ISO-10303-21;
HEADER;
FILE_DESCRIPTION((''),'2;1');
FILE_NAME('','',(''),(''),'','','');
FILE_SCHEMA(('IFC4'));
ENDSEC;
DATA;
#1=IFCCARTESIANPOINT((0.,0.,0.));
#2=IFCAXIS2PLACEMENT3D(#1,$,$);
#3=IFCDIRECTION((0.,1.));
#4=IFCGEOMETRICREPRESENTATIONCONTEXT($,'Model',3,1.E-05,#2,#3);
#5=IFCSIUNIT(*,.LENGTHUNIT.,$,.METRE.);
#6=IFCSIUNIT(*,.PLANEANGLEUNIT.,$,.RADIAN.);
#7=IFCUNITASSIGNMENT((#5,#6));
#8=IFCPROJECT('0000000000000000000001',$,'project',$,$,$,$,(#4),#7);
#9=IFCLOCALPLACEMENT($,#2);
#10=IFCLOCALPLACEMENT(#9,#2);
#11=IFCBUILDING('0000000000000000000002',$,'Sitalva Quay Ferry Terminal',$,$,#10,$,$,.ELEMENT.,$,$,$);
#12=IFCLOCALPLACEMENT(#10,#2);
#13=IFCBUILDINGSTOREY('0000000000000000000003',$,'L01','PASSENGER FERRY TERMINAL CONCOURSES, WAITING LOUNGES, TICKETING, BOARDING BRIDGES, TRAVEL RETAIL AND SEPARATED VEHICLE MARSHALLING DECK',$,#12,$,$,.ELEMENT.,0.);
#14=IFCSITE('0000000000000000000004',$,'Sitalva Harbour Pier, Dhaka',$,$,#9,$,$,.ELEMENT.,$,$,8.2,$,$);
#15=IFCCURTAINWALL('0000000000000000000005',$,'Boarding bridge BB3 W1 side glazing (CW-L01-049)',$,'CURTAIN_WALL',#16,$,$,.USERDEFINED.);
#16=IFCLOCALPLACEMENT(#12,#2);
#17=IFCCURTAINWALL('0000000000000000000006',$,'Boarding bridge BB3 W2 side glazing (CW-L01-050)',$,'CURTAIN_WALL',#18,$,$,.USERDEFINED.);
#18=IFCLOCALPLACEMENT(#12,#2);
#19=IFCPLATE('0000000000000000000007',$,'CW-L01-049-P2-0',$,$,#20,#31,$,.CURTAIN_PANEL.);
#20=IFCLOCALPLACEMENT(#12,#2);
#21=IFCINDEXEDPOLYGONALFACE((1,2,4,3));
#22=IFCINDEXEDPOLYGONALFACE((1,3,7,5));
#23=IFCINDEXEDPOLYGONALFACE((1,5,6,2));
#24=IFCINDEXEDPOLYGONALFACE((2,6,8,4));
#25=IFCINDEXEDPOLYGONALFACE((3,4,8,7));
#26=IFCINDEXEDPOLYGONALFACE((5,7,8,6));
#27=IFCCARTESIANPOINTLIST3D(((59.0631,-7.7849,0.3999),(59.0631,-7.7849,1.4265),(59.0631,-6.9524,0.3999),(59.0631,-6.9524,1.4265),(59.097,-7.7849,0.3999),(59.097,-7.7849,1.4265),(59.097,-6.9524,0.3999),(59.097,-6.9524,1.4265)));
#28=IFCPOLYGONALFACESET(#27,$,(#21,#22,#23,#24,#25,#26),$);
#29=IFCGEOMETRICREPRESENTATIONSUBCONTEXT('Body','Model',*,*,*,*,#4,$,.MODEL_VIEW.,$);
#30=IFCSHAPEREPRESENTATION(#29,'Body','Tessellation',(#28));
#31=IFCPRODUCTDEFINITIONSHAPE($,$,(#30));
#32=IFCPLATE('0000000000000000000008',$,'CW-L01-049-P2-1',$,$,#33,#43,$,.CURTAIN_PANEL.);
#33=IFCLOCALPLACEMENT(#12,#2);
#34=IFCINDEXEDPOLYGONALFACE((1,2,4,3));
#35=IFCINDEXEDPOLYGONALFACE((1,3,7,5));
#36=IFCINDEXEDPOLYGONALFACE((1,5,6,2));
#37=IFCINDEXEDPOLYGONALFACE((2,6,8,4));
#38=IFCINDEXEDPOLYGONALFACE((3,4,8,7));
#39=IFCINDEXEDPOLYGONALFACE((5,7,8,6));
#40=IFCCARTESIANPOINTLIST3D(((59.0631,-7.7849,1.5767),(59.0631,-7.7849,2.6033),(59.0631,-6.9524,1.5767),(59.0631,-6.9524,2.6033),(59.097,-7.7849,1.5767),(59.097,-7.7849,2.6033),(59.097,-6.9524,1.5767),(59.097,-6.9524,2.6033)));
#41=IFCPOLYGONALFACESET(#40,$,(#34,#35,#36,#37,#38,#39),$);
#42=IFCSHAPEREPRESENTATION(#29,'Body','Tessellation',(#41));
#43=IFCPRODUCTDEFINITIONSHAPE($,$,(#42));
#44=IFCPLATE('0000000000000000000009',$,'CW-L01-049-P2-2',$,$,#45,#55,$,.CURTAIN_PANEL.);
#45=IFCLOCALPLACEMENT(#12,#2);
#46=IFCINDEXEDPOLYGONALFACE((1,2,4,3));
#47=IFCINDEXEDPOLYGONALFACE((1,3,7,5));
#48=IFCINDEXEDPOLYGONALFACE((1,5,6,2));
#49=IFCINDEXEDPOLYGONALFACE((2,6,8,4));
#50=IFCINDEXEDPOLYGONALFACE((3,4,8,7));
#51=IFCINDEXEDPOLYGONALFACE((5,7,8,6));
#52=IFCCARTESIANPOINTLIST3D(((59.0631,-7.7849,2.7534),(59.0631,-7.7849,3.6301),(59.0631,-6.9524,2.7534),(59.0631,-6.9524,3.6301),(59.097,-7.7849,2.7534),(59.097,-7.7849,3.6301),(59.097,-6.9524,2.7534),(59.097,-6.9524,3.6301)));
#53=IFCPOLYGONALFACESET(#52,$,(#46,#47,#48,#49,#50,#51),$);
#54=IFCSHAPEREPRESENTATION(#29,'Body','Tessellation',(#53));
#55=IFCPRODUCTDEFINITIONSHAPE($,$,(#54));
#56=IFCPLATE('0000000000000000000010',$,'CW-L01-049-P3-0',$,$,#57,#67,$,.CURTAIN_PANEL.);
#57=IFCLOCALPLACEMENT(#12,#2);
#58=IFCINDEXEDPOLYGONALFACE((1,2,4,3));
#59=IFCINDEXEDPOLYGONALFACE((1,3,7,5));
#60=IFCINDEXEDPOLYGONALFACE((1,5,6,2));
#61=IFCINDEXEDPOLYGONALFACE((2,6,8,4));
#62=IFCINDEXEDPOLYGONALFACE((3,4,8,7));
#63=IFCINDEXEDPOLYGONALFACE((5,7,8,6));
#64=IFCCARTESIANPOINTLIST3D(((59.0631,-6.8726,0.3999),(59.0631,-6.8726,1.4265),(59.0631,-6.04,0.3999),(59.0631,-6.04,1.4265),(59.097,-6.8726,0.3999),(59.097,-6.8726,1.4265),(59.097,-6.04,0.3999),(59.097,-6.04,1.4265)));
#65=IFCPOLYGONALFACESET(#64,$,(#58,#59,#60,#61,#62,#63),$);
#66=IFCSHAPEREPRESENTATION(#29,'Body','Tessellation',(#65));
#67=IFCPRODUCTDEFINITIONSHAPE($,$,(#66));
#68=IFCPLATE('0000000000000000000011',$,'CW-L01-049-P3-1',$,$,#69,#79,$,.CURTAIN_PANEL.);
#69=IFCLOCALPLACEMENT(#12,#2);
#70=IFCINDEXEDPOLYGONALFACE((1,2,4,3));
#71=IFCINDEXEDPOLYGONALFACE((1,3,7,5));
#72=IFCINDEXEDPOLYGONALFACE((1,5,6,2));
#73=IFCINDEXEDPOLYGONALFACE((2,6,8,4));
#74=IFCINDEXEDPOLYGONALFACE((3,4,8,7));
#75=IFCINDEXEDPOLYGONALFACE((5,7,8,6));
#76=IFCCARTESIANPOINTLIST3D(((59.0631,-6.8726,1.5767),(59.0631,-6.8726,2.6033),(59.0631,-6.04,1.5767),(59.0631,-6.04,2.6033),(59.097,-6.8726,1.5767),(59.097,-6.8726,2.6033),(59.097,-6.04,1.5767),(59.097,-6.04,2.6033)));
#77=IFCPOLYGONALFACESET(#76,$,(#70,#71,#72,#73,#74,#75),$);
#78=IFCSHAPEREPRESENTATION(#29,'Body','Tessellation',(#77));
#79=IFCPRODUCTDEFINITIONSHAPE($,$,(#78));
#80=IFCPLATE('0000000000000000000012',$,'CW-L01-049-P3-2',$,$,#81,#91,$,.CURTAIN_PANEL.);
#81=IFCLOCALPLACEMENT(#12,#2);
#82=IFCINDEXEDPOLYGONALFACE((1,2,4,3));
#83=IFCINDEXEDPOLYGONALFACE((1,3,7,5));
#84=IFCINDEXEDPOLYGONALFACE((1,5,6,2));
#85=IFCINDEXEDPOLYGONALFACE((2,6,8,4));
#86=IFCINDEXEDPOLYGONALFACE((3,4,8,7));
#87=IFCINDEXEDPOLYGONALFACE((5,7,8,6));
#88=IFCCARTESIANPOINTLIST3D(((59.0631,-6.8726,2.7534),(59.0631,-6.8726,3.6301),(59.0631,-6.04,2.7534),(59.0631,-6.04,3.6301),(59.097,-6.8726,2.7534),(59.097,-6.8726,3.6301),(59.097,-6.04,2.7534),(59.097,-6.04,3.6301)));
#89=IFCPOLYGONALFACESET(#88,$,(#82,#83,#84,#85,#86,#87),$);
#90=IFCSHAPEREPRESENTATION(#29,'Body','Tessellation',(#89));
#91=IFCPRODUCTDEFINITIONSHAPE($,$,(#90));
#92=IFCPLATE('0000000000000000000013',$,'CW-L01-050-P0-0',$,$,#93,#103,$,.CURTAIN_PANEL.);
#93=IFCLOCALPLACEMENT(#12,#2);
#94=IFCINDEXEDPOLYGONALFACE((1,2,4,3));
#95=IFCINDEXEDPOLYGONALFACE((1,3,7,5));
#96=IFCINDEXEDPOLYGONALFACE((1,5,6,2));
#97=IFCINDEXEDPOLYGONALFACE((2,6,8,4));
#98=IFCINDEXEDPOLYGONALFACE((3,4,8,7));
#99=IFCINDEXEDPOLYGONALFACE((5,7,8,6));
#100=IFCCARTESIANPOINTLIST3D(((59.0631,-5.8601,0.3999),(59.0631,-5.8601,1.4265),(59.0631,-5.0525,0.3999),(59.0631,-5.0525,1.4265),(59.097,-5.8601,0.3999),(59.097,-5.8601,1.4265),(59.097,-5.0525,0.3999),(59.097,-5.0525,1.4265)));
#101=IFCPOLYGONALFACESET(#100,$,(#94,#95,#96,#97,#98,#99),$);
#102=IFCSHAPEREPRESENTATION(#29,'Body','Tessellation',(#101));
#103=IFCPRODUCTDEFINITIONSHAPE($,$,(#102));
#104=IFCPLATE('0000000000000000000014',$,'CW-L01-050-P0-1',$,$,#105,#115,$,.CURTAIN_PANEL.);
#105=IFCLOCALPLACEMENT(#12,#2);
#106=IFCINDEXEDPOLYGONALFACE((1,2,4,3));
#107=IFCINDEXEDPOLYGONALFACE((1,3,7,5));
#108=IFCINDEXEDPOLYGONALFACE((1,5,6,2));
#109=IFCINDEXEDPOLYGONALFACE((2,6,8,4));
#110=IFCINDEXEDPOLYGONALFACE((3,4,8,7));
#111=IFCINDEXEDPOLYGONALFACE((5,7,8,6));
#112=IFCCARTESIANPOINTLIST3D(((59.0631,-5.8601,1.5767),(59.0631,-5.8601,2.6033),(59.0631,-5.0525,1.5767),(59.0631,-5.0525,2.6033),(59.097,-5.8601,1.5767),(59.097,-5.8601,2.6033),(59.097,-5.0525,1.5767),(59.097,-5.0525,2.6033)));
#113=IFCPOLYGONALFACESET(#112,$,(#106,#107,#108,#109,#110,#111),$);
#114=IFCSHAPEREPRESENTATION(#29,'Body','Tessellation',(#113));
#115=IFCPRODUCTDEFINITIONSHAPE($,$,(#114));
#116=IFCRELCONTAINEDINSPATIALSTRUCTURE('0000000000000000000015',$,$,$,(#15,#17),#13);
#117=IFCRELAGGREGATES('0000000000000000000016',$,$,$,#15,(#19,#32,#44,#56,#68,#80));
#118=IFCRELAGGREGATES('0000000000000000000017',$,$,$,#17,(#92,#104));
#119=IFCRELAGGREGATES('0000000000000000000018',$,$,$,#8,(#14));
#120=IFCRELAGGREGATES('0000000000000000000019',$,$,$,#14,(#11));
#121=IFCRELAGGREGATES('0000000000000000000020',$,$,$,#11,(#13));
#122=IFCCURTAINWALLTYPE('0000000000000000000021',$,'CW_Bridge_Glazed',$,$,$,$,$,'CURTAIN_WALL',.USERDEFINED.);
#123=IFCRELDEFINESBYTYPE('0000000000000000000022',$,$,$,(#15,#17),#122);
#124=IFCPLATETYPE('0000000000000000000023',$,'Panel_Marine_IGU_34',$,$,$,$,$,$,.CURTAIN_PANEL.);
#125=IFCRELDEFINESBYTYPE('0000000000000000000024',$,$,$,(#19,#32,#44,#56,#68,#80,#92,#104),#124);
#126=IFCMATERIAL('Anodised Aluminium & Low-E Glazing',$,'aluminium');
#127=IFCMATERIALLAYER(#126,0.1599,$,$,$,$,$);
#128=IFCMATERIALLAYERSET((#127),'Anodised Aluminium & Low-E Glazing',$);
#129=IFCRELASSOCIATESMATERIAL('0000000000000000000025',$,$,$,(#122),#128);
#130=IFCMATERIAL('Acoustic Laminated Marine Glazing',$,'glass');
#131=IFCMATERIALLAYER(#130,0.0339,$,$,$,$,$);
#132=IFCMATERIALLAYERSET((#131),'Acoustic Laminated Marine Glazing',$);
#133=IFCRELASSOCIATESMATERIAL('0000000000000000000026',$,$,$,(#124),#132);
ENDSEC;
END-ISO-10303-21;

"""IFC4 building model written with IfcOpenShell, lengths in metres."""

from ifc_helpers import new_model, si_unit, direction, frame, origin, origin_2d, place, context, subcontext, project, spatial, rectangle, extrude, material, layer, layer_set, type_object, element, aggregate, save


model = new_model("IFC4")

# Units and contexts
model_context = context("Model", 3, precision=1e-05, world=origin(), true_north=direction((0.0, 1.0)))
body_context = subcontext(model_context, "Body", "Model", "MODEL_VIEW")
ifc_project = project(units=[si_unit("LENGTHUNIT", "METRE"), si_unit("PLANEANGLEUNIT", "RADIAN")], contexts=[model_context])

# Site, building, storey
site_placement = place(None, origin())
site = spatial("IfcSite", under=ifc_project, at=site_placement, Name="Sitalva Harbour Pier, Dhaka", CompositionType="ELEMENT", RefElevation=8.2)
building_placement = place(site_placement, origin())
building = spatial("IfcBuilding", under=site, at=building_placement, Name="Sitalva Quay Ferry Terminal", CompositionType="ELEMENT")
storey_placement = place(building_placement, origin())
storey = spatial("IfcBuildingStorey", under=building, at=storey_placement, Name="L01", Description="PASSENGER FERRY TERMINAL CONCOURSES, WAITING LOUNGES, TICKETING, BOARDING BRIDGES, TRAVEL RETAIL AND SEPARATED VEHICLE MARSHALLING DECK", CompositionType="ELEMENT", Elevation=0.0)

# Curtain wall
ifc_material_1 = material(Name="Anodised Aluminium & Low-E Glazing", Category="aluminium")
ifc_layer_1 = layer(ifc_material_1, 0.1599)
ifc_layer_set_1 = layer_set([ifc_layer_1], Name="Anodised Aluminium & Low-E Glazing")
curtain_wall_type = type_object("IfcCurtainWallType", Name="CW_Bridge_Glazed", ElementType="CURTAIN_WALL", PredefinedType="USERDEFINED", material=ifc_layer_set_1)
curtain_wall_1_placement = place(storey_placement, origin())
curtain_wall_1 = element("IfcCurtainWall", 1, at=curtain_wall_1_placement, inside=storey, type_object=curtain_wall_type, Name="Boarding bridge BB3 W1 side glazing (CW-L01-049)", ObjectType="CURTAIN_WALL", PredefinedType="USERDEFINED")

# Curtain wall
curtain_wall_2_placement = place(storey_placement, origin())
curtain_wall_2 = element("IfcCurtainWall", 2, at=curtain_wall_2_placement, inside=storey, type_object=curtain_wall_type, Name="Boarding bridge BB3 W2 side glazing (CW-L01-050)", ObjectType="CURTAIN_WALL", PredefinedType="USERDEFINED")

# Plates
ifc_material_2 = material(Name="Acoustic Laminated Marine Glazing", Category="glass")
ifc_layer_2 = layer(ifc_material_2, 0.0339)
ifc_layer_set_2 = layer_set([ifc_layer_2], Name="Acoustic Laminated Marine Glazing")
plate_type = type_object("IfcPlateType", Name="Panel_Marine_IGU_34", PredefinedType="CURTAIN_PANEL", material=ifc_layer_set_2)
plate_1_placement = place(storey_placement, frame((59.0801, -7.3687, 0.3999), z_axis=(0.0, 0.0, 1.0), x_axis=(0.0, 1.0, 0.0)))
plate_1 = element("IfcPlate", 3, at=plate_1_placement, type_object=plate_type, Name="CW-L01-049-P2-0", PredefinedType="CURTAIN_PANEL", context=body_context, shape_type="SweptSolid", body=[
    extrude(rectangle(XDim=0.8325, YDim=0.0339, at=origin_2d()), origin(), (0.0, 0.0, 1.0), 1.0266),
])
plate_2_placement = place(storey_placement, frame((59.0801, -7.3687, 1.5767), z_axis=(0.0, 0.0, 1.0), x_axis=(0.0, 1.0, 0.0)))
plate_2 = element("IfcPlate", 4, at=plate_2_placement, type_object=plate_type, Name="CW-L01-049-P2-1", PredefinedType="CURTAIN_PANEL", context=body_context, shape_type="SweptSolid", body=[
    extrude(rectangle(XDim=0.8325, YDim=0.0339, at=origin_2d()), origin(), (0.0, 0.0, 1.0), 1.0266),
])
plate_3_placement = place(storey_placement, frame((59.0801, -7.3687, 2.7534), z_axis=(0.0, 0.0, 1.0), x_axis=(0.0, 1.0, 0.0)))
plate_3 = element("IfcPlate", 5, at=plate_3_placement, type_object=plate_type, Name="CW-L01-049-P2-2", PredefinedType="CURTAIN_PANEL", context=body_context, shape_type="SweptSolid", body=[
    extrude(rectangle(XDim=0.8325, YDim=0.0339, at=origin_2d()), origin(), (0.0, 0.0, 1.0), 0.8767),
])
plate_4_placement = place(storey_placement, frame((59.0801, -6.4563, 0.3999), z_axis=(0.0, 0.0, 1.0), x_axis=(0.0, 1.0, 0.0)))
plate_4 = element("IfcPlate", 6, at=plate_4_placement, type_object=plate_type, Name="CW-L01-049-P3-0", PredefinedType="CURTAIN_PANEL", context=body_context, shape_type="SweptSolid", body=[
    extrude(rectangle(XDim=0.8325, YDim=0.0339, at=origin_2d()), origin(), (0.0, 0.0, 1.0), 1.0266),
])
plate_5_placement = place(storey_placement, frame((59.0801, -6.4563, 1.5767), z_axis=(0.0, 0.0, 1.0), x_axis=(0.0, 1.0, 0.0)))
plate_5 = element("IfcPlate", 7, at=plate_5_placement, type_object=plate_type, Name="CW-L01-049-P3-1", PredefinedType="CURTAIN_PANEL", context=body_context, shape_type="SweptSolid", body=[
    extrude(rectangle(XDim=0.8325, YDim=0.0339, at=origin_2d()), origin(), (0.0, 0.0, 1.0), 1.0266),
])
plate_6_placement = place(storey_placement, frame((59.0801, -6.4563, 2.7534), z_axis=(0.0, 0.0, 1.0), x_axis=(0.0, 1.0, 0.0)))
plate_6 = element("IfcPlate", 8, at=plate_6_placement, type_object=plate_type, Name="CW-L01-049-P3-2", PredefinedType="CURTAIN_PANEL", context=body_context, shape_type="SweptSolid", body=[
    extrude(rectangle(XDim=0.8325, YDim=0.0339, at=origin_2d()), origin(), (0.0, 0.0, 1.0), 0.8767),
])
aggregate(curtain_wall_1, [plate_1, plate_2, plate_3, plate_4, plate_5, plate_6])
plate_7_placement = place(storey_placement, frame((59.0801, -5.4563, 0.3999), z_axis=(0.0, 0.0, 1.0), x_axis=(0.0, 1.0, 0.0)))
plate_7 = element("IfcPlate", 9, at=plate_7_placement, type_object=plate_type, Name="CW-L01-050-P0-0", PredefinedType="CURTAIN_PANEL", context=body_context, shape_type="SweptSolid", body=[
    extrude(rectangle(XDim=0.8076, YDim=0.0339, at=origin_2d()), origin(), (0.0, 0.0, 1.0), 1.0266),
])
plate_8_placement = place(storey_placement, frame((59.0801, -5.4563, 1.5767), z_axis=(0.0, 0.0, 1.0), x_axis=(0.0, 1.0, 0.0)))
plate_8 = element("IfcPlate", 10, at=plate_8_placement, type_object=plate_type, Name="CW-L01-050-P0-1", PredefinedType="CURTAIN_PANEL", context=body_context, shape_type="SweptSolid", body=[
    extrude(rectangle(XDim=0.8076, YDim=0.0339, at=origin_2d()), origin(), (0.0, 0.0, 1.0), 1.0266),
])
aggregate(curtain_wall_2, [plate_7, plate_8])

save(model, "model.ifc")
